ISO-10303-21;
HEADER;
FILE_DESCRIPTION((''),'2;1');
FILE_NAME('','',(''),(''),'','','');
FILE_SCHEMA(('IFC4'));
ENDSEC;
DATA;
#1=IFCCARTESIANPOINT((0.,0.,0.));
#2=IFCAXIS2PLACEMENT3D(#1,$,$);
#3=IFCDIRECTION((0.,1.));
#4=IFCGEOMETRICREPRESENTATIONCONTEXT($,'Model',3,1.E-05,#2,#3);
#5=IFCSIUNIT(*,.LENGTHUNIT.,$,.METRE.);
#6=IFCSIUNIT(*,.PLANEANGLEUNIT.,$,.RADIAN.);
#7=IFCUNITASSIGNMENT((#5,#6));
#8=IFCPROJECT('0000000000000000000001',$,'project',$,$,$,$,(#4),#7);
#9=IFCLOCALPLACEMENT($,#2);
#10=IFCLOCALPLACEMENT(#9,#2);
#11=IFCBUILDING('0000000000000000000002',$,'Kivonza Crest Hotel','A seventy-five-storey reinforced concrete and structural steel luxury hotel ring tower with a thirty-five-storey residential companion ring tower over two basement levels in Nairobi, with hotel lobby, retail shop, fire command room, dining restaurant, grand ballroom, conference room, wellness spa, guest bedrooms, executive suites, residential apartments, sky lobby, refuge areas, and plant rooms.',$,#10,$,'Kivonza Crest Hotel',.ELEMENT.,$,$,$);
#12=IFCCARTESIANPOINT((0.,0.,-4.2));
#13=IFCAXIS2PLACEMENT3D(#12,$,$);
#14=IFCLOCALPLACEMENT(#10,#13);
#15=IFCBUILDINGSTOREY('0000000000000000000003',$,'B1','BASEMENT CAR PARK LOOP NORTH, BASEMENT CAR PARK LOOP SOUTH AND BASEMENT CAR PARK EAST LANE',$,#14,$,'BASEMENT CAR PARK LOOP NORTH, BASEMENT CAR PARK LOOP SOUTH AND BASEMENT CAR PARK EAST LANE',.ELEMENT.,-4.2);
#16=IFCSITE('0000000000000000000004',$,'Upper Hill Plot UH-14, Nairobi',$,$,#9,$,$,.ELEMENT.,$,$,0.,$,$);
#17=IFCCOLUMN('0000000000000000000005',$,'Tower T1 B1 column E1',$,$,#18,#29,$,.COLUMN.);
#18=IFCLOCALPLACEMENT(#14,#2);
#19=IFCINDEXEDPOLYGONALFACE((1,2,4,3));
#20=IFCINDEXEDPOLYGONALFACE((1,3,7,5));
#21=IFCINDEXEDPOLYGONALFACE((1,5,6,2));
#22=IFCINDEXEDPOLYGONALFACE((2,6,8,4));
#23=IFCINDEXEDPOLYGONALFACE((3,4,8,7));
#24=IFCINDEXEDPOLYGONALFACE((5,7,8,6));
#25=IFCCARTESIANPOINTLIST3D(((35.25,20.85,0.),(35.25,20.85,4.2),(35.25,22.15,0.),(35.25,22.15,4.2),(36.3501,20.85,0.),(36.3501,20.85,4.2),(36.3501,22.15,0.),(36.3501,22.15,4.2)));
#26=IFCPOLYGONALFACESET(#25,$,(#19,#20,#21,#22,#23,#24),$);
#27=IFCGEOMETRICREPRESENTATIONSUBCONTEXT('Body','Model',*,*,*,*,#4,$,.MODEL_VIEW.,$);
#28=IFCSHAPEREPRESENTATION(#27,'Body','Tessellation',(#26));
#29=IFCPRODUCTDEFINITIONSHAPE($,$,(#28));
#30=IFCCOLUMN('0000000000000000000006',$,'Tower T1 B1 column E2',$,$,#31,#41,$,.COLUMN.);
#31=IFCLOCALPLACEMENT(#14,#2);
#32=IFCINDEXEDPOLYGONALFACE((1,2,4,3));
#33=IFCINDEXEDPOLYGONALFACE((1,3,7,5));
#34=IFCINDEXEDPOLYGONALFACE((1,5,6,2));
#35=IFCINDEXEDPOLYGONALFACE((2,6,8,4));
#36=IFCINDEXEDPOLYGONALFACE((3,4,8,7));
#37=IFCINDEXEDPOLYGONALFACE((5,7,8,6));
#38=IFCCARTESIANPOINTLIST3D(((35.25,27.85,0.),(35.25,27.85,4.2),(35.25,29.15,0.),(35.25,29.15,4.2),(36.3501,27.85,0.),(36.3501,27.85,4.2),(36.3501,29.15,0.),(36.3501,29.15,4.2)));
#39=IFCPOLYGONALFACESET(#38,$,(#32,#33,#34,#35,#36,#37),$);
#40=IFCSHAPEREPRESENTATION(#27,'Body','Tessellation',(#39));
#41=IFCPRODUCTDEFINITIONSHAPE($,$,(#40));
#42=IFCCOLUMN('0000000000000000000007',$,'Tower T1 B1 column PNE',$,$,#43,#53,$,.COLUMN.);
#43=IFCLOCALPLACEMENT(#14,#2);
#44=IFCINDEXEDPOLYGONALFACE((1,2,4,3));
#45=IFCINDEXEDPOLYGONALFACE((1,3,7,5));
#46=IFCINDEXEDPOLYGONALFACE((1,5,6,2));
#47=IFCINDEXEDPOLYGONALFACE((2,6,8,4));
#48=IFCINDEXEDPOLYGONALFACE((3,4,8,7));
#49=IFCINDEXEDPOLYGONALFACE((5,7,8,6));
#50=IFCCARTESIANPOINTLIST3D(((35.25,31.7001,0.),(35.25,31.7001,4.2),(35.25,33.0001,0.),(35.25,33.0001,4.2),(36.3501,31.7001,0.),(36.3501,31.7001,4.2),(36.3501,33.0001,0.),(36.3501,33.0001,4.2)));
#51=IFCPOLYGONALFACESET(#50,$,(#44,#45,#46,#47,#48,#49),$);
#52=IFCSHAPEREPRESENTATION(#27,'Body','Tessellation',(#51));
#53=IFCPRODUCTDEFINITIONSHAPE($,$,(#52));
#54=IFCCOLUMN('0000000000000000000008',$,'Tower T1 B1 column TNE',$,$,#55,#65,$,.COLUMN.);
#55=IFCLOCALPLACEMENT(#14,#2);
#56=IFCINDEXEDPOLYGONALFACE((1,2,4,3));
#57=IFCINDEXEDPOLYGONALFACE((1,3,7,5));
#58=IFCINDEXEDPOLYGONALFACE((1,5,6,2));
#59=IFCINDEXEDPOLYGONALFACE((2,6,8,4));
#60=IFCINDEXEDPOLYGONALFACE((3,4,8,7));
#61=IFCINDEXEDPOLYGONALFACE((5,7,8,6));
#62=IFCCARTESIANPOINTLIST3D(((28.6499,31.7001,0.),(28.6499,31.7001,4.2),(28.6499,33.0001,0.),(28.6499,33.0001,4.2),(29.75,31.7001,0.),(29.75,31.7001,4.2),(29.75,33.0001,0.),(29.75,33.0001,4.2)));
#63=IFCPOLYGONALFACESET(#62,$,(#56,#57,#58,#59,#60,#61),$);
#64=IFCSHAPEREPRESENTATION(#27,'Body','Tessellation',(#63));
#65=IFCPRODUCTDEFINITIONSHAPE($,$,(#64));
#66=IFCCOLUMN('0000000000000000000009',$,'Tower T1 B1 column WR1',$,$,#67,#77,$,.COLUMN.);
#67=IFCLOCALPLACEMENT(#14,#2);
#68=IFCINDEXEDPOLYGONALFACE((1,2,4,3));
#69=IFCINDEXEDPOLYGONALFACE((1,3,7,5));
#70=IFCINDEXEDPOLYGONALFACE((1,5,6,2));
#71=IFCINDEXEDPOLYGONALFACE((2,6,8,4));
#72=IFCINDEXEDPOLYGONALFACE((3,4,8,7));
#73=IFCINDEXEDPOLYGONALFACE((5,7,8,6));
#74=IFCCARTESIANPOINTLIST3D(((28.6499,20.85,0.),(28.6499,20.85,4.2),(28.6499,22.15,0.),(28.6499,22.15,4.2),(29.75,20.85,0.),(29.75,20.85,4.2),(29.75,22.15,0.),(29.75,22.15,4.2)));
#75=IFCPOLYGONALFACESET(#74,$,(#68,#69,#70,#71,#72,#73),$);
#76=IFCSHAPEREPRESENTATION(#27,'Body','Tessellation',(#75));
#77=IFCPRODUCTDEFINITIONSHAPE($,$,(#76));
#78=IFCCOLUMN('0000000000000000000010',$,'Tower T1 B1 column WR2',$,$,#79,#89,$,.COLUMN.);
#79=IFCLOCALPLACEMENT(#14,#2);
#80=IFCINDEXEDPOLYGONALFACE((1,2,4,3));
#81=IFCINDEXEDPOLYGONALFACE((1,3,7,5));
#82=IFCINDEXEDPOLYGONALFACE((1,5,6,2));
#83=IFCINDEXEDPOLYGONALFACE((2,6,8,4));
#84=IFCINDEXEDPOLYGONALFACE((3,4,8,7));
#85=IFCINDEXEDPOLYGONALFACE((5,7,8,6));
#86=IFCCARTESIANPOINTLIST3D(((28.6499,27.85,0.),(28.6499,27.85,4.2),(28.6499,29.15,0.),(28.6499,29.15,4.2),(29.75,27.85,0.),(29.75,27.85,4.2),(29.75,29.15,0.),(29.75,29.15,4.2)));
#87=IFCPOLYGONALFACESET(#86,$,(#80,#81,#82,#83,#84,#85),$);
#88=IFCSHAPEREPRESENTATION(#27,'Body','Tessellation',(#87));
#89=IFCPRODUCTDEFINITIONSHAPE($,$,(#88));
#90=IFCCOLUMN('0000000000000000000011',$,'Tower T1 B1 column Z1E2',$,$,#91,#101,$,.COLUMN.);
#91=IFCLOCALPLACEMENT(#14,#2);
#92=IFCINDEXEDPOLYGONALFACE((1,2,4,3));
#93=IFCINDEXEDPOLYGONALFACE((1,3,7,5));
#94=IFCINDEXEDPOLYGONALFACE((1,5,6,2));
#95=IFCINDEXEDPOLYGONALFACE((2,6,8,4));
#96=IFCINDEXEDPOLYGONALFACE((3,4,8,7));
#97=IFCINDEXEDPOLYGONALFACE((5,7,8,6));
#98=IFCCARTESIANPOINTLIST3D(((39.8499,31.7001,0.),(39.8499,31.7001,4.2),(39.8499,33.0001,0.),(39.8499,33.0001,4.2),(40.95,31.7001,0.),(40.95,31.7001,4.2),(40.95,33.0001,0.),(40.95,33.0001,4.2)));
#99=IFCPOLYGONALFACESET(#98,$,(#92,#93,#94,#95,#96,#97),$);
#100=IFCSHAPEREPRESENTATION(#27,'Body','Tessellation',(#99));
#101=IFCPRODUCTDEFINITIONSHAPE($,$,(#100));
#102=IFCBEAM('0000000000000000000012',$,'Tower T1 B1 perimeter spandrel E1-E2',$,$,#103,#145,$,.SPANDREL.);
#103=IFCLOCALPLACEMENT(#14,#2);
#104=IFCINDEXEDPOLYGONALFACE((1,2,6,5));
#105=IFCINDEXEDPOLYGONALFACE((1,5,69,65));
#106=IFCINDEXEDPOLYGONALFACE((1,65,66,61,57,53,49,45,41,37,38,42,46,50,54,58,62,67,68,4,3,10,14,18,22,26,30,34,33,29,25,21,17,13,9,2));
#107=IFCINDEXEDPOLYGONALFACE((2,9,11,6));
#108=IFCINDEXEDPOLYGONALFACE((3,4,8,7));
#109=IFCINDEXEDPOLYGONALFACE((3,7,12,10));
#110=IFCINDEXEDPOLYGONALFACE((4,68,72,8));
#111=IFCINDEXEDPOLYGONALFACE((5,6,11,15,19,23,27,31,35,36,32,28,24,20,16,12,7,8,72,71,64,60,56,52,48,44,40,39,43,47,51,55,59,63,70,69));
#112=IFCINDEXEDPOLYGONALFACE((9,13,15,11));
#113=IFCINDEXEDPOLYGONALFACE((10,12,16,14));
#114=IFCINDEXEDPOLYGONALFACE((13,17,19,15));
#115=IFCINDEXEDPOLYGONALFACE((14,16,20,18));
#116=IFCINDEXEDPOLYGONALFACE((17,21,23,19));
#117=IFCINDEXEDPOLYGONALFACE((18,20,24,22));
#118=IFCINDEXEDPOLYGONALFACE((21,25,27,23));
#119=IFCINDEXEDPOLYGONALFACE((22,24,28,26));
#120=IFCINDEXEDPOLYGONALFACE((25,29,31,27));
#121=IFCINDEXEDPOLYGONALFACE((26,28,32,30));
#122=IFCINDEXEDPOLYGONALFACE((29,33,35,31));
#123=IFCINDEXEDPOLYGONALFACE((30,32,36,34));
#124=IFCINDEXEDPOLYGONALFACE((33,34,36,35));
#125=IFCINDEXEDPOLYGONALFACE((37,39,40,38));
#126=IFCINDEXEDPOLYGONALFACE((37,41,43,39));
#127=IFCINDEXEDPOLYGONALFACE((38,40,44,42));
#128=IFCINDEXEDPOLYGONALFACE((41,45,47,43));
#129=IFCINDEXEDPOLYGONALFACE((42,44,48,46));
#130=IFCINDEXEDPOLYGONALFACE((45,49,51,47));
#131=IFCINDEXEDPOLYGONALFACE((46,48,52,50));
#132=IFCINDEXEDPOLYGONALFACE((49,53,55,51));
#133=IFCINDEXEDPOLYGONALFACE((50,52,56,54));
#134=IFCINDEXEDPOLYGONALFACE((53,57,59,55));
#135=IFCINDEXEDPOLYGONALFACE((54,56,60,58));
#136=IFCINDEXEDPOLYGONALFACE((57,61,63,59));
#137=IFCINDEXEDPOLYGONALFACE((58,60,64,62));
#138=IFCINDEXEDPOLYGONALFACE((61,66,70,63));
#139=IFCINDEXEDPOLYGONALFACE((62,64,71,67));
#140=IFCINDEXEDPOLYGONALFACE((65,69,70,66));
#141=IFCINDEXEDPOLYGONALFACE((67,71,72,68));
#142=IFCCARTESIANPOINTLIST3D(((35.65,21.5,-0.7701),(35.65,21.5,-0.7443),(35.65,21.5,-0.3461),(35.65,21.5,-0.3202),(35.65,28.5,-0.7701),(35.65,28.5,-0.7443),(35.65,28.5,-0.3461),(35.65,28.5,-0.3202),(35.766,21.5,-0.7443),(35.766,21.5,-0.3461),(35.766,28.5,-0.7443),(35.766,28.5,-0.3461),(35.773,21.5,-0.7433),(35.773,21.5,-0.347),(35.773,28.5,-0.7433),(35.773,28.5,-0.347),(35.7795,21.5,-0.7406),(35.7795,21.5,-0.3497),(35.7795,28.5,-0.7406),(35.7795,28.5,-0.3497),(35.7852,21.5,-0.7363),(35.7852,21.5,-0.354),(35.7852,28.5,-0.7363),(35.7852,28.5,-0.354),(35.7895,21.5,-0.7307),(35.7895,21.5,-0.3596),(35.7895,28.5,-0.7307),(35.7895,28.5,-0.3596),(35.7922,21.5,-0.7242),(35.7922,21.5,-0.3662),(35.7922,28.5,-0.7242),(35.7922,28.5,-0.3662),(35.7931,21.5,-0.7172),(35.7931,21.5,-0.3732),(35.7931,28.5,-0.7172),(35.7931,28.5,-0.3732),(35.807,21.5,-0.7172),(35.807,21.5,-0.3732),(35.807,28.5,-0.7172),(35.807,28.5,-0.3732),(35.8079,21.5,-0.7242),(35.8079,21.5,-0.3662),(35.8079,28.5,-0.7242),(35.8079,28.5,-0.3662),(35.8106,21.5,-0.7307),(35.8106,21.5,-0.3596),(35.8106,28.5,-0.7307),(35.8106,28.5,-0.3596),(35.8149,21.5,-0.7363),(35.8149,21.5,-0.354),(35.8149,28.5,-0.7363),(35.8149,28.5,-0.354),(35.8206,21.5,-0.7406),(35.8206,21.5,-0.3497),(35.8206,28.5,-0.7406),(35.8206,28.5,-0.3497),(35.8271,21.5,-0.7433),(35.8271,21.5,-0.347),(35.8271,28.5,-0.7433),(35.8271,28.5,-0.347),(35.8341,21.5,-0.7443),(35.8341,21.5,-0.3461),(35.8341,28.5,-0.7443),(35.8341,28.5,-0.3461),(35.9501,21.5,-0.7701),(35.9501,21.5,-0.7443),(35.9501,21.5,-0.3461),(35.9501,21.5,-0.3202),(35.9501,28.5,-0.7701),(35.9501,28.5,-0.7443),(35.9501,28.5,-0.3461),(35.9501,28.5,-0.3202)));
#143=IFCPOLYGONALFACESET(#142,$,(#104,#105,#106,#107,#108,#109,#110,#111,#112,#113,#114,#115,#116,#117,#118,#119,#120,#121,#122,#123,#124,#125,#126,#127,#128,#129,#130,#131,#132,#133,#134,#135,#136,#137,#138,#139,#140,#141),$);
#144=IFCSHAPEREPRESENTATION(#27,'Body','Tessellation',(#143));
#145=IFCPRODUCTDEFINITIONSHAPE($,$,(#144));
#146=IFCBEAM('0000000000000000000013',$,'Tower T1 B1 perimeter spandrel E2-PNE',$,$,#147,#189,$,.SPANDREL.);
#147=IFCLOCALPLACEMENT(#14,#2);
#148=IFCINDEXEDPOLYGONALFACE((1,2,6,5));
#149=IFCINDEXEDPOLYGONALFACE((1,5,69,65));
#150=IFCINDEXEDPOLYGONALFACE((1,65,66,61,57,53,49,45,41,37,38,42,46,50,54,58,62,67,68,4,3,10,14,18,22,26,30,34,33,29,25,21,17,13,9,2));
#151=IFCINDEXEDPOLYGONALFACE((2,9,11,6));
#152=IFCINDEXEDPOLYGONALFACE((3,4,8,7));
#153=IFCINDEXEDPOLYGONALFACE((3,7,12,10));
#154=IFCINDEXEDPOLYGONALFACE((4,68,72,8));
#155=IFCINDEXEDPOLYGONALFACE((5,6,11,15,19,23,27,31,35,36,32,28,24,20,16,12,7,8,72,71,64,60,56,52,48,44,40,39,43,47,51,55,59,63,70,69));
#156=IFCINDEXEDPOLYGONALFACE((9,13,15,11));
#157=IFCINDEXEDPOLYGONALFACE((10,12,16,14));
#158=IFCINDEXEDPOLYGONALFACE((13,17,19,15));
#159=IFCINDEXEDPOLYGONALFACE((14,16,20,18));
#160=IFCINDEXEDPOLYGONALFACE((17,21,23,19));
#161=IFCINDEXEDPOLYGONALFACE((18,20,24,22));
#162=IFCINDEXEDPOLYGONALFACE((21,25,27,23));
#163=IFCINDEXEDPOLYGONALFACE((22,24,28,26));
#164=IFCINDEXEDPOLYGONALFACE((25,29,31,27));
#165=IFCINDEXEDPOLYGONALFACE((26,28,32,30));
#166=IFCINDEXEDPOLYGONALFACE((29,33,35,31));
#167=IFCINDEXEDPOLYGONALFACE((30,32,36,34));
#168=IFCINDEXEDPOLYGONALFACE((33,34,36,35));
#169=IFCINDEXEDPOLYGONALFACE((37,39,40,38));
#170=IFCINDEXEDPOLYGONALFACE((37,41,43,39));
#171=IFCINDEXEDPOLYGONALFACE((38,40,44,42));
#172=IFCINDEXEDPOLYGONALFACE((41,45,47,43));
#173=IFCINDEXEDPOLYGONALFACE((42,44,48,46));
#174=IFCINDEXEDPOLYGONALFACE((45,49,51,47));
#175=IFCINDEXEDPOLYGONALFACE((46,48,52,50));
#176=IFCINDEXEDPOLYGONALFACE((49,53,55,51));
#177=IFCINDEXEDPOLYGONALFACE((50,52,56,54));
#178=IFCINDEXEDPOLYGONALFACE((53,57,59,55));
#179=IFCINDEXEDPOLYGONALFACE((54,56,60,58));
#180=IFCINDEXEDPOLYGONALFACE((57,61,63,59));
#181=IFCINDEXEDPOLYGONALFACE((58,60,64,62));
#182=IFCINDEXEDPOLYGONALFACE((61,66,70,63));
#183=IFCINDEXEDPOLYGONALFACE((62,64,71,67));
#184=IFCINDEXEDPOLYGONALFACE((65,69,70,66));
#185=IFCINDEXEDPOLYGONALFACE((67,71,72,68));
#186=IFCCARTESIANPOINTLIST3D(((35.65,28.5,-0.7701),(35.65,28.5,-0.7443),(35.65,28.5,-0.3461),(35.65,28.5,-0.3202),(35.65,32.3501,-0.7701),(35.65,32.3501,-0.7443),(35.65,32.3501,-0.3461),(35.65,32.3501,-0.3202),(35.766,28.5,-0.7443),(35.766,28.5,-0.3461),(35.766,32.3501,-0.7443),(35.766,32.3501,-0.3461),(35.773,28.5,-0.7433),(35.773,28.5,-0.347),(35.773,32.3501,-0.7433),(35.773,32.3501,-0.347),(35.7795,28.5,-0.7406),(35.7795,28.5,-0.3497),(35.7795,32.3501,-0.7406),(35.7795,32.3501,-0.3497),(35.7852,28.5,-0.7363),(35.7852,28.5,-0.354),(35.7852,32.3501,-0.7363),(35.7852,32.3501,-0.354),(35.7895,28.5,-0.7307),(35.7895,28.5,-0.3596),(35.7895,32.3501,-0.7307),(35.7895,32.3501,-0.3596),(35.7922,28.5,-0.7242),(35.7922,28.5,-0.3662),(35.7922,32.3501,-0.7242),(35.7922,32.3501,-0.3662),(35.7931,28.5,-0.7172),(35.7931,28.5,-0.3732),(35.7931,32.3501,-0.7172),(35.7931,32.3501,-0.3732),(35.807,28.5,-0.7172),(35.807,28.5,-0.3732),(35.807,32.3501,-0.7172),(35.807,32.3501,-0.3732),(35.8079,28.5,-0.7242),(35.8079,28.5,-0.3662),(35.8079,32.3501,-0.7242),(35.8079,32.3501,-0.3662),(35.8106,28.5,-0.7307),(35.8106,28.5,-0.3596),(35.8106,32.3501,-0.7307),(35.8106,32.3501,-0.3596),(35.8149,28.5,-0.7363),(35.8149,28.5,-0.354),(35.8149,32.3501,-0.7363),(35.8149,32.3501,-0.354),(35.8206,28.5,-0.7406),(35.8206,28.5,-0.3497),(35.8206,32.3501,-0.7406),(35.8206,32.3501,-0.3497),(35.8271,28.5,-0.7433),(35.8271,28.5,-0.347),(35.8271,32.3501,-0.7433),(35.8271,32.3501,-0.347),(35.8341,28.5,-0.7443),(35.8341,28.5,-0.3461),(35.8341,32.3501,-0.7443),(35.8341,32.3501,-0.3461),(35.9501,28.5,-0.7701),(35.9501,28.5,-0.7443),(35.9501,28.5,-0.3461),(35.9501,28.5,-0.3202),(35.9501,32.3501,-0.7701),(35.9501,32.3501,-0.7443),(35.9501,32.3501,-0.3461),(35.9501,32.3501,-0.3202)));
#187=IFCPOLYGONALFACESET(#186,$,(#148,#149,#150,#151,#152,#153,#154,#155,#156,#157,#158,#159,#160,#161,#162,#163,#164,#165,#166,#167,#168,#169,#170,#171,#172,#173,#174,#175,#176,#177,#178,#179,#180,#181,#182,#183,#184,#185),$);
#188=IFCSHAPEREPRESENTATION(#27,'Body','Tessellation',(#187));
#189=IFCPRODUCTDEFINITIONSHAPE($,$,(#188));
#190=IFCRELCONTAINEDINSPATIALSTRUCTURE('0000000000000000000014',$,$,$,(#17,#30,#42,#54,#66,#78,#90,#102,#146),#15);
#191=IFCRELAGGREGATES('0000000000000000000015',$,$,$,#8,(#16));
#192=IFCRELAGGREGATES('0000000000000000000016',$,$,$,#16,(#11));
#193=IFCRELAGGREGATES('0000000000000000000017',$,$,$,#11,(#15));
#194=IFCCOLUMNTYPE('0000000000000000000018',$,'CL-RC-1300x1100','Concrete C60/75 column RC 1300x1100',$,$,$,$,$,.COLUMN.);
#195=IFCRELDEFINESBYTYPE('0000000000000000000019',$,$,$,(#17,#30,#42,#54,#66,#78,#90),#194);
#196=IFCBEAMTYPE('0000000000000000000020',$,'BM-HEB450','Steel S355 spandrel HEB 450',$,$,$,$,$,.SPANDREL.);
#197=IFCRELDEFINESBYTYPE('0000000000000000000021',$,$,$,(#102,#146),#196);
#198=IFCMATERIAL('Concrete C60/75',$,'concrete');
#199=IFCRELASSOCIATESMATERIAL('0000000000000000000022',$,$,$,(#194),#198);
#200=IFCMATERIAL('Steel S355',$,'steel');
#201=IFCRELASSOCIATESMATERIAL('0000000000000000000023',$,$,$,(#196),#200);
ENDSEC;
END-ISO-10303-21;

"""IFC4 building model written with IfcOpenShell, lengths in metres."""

from ifc_helpers import new_model, si_unit, direction, frame, origin, origin_2d, place, context, subcontext, project, spatial, rectangle, i_section, extrude, material, material_profile, profile_set, type_object, element, save


model = new_model("IFC4")

# Units and contexts
model_context = context("Model", 3, precision=1e-05, world=origin(), true_north=direction((0.0, 1.0)))
body_context = subcontext(model_context, "Body", "Model", "MODEL_VIEW")
ifc_project = project(units=[si_unit("LENGTHUNIT", "METRE"), si_unit("PLANEANGLEUNIT", "RADIAN")], contexts=[model_context])

# Site, building, storey
site_placement = place(None, origin())
site = spatial("IfcSite", under=ifc_project, at=site_placement, Name="Upper Hill Plot UH-14, Nairobi", CompositionType="ELEMENT", RefElevation=0.0)
building_placement = place(site_placement, origin())
building = spatial("IfcBuilding", under=site, at=building_placement, Name="Kivonza Crest Hotel", Description="A seventy-five-storey reinforced concrete and structural steel luxury hotel ring tower with a thirty-five-storey residential companion ring tower over two basement levels in Nairobi, with hotel lobby, retail shop, fire command room, dining restaurant, grand ballroom, conference room, wellness spa, guest bedrooms, executive suites, residential apartments, sky lobby, refuge areas, and plant rooms.", LongName="Kivonza Crest Hotel", CompositionType="ELEMENT")
storey_placement = place(building_placement, frame((0.0, 0.0, -4.2)))
storey = spatial("IfcBuildingStorey", under=building, at=storey_placement, Name="B1", Description="BASEMENT CAR PARK LOOP NORTH, BASEMENT CAR PARK LOOP SOUTH AND BASEMENT CAR PARK EAST LANE", LongName="BASEMENT CAR PARK LOOP NORTH, BASEMENT CAR PARK LOOP SOUTH AND BASEMENT CAR PARK EAST LANE", CompositionType="ELEMENT", Elevation=-4.2)

# Columns
ifc_material_1 = material(Name="Concrete C60/75", Category="concrete")
ifc_material_profile_1 = material_profile(ifc_material_1, rectangle(XDim=1.1001, YDim=1.3, at=origin_2d()), Name="RC 1300x1100")
ifc_profile_set_1 = profile_set([ifc_material_profile_1], Name="Concrete C60/75")
column_type = type_object("IfcColumnType", Name="CL-RC-1300x1100", Description="Concrete C60/75 column RC 1300x1100", PredefinedType="COLUMN", material=ifc_profile_set_1)
for number, where, z_axis, x_axis, name in (
    (1, (35.8, 21.5, 0.0), (0.0, 0.0, 1.0), (1.0, 0.0, 0.0), "Tower T1 B1 column E1"),
    (2, (35.8, 28.5, 0.0), (0.0, 0.0, 1.0), (1.0, 0.0, 0.0), "Tower T1 B1 column E2"),
    (3, (35.8, 32.3501, 0.0), (0.0, 0.0, 1.0), (1.0, 0.0, 0.0), "Tower T1 B1 column PNE"),
    (4, (29.2, 32.3501, 0.0), (0.0, 0.0, 1.0), (1.0, 0.0, 0.0), "Tower T1 B1 column TNE"),
    (5, (29.2, 21.5, 0.0), (0.0, 0.0, 1.0), (1.0, 0.0, 0.0), "Tower T1 B1 column WR1"),
    (6, (29.2, 28.5, 0.0), (0.0, 0.0, 1.0), (1.0, 0.0, 0.0), "Tower T1 B1 column WR2"),
    (7, (40.3999, 32.3501, 0.0), (0.0, 0.0, 1.0), (1.0, 0.0, 0.0), "Tower T1 B1 column Z1E2"),
):
    element("IfcColumn", number, at=place(storey_placement, frame(where, z_axis=z_axis, x_axis=x_axis)), inside=storey, type_object=column_type, Name=name, PredefinedType="COLUMN", context=body_context, shape_type="SweptSolid", body=[
        extrude(rectangle(XDim=1.1001, YDim=1.3, at=origin_2d()), origin(), (0.0, 0.0, 1.0), 4.2),
    ])

# Beams
ifc_material_2 = material(Name="Steel S355", Category="steel")
ifc_material_profile_2 = material_profile(ifc_material_2, i_section(OverallWidth=0.3, OverallDepth=0.45, WebThickness=0.0139, FlangeThickness=0.0259, FilletRadius=0.0271, at=origin_2d()), Name="HEB 450")
ifc_profile_set_2 = profile_set([ifc_material_profile_2], Name="Steel S355")
beam_type_1 = type_object("IfcBeamType", Name="BM-HEB450", Description="Steel S355 spandrel HEB 450", PredefinedType="SPANDREL", material=ifc_profile_set_2)
beam_1_placement = place(storey_placement, frame((35.8, 21.5, -0.5452), z_axis=(0.0, 1.0, 0.0), x_axis=(-1.0, 0.0, 0.0)))
element("IfcBeam", 8, at=beam_1_placement, inside=storey, type_object=beam_type_1, Name="Tower T1 B1 perimeter spandrel E1-E2", PredefinedType="SPANDREL", context=body_context, shape_type="SweptSolid", body=[
    extrude(i_section(OverallWidth=0.3, OverallDepth=0.45, WebThickness=0.0139, FlangeThickness=0.0259, FilletRadius=0.0271, at=origin_2d()), origin(), (0.0, 0.0, 1.0), 7.0),
])
beam_2_placement = place(storey_placement, frame((35.8, 28.5, -0.5452), z_axis=(0.0, 1.0, 0.0), x_axis=(-1.0, 0.0, 0.0)))
element("IfcBeam", 9, at=beam_2_placement, inside=storey, type_object=beam_type_1, Name="Tower T1 B1 perimeter spandrel E2-PNE", PredefinedType="SPANDREL", context=body_context, shape_type="SweptSolid", body=[
    extrude(i_section(OverallWidth=0.3, OverallDepth=0.45, WebThickness=0.0139, FlangeThickness=0.0259, FilletRadius=0.0271, at=origin_2d()), origin(), (0.0, 0.0, 1.0), 3.8501),
])

save(model, "model.ifc")
